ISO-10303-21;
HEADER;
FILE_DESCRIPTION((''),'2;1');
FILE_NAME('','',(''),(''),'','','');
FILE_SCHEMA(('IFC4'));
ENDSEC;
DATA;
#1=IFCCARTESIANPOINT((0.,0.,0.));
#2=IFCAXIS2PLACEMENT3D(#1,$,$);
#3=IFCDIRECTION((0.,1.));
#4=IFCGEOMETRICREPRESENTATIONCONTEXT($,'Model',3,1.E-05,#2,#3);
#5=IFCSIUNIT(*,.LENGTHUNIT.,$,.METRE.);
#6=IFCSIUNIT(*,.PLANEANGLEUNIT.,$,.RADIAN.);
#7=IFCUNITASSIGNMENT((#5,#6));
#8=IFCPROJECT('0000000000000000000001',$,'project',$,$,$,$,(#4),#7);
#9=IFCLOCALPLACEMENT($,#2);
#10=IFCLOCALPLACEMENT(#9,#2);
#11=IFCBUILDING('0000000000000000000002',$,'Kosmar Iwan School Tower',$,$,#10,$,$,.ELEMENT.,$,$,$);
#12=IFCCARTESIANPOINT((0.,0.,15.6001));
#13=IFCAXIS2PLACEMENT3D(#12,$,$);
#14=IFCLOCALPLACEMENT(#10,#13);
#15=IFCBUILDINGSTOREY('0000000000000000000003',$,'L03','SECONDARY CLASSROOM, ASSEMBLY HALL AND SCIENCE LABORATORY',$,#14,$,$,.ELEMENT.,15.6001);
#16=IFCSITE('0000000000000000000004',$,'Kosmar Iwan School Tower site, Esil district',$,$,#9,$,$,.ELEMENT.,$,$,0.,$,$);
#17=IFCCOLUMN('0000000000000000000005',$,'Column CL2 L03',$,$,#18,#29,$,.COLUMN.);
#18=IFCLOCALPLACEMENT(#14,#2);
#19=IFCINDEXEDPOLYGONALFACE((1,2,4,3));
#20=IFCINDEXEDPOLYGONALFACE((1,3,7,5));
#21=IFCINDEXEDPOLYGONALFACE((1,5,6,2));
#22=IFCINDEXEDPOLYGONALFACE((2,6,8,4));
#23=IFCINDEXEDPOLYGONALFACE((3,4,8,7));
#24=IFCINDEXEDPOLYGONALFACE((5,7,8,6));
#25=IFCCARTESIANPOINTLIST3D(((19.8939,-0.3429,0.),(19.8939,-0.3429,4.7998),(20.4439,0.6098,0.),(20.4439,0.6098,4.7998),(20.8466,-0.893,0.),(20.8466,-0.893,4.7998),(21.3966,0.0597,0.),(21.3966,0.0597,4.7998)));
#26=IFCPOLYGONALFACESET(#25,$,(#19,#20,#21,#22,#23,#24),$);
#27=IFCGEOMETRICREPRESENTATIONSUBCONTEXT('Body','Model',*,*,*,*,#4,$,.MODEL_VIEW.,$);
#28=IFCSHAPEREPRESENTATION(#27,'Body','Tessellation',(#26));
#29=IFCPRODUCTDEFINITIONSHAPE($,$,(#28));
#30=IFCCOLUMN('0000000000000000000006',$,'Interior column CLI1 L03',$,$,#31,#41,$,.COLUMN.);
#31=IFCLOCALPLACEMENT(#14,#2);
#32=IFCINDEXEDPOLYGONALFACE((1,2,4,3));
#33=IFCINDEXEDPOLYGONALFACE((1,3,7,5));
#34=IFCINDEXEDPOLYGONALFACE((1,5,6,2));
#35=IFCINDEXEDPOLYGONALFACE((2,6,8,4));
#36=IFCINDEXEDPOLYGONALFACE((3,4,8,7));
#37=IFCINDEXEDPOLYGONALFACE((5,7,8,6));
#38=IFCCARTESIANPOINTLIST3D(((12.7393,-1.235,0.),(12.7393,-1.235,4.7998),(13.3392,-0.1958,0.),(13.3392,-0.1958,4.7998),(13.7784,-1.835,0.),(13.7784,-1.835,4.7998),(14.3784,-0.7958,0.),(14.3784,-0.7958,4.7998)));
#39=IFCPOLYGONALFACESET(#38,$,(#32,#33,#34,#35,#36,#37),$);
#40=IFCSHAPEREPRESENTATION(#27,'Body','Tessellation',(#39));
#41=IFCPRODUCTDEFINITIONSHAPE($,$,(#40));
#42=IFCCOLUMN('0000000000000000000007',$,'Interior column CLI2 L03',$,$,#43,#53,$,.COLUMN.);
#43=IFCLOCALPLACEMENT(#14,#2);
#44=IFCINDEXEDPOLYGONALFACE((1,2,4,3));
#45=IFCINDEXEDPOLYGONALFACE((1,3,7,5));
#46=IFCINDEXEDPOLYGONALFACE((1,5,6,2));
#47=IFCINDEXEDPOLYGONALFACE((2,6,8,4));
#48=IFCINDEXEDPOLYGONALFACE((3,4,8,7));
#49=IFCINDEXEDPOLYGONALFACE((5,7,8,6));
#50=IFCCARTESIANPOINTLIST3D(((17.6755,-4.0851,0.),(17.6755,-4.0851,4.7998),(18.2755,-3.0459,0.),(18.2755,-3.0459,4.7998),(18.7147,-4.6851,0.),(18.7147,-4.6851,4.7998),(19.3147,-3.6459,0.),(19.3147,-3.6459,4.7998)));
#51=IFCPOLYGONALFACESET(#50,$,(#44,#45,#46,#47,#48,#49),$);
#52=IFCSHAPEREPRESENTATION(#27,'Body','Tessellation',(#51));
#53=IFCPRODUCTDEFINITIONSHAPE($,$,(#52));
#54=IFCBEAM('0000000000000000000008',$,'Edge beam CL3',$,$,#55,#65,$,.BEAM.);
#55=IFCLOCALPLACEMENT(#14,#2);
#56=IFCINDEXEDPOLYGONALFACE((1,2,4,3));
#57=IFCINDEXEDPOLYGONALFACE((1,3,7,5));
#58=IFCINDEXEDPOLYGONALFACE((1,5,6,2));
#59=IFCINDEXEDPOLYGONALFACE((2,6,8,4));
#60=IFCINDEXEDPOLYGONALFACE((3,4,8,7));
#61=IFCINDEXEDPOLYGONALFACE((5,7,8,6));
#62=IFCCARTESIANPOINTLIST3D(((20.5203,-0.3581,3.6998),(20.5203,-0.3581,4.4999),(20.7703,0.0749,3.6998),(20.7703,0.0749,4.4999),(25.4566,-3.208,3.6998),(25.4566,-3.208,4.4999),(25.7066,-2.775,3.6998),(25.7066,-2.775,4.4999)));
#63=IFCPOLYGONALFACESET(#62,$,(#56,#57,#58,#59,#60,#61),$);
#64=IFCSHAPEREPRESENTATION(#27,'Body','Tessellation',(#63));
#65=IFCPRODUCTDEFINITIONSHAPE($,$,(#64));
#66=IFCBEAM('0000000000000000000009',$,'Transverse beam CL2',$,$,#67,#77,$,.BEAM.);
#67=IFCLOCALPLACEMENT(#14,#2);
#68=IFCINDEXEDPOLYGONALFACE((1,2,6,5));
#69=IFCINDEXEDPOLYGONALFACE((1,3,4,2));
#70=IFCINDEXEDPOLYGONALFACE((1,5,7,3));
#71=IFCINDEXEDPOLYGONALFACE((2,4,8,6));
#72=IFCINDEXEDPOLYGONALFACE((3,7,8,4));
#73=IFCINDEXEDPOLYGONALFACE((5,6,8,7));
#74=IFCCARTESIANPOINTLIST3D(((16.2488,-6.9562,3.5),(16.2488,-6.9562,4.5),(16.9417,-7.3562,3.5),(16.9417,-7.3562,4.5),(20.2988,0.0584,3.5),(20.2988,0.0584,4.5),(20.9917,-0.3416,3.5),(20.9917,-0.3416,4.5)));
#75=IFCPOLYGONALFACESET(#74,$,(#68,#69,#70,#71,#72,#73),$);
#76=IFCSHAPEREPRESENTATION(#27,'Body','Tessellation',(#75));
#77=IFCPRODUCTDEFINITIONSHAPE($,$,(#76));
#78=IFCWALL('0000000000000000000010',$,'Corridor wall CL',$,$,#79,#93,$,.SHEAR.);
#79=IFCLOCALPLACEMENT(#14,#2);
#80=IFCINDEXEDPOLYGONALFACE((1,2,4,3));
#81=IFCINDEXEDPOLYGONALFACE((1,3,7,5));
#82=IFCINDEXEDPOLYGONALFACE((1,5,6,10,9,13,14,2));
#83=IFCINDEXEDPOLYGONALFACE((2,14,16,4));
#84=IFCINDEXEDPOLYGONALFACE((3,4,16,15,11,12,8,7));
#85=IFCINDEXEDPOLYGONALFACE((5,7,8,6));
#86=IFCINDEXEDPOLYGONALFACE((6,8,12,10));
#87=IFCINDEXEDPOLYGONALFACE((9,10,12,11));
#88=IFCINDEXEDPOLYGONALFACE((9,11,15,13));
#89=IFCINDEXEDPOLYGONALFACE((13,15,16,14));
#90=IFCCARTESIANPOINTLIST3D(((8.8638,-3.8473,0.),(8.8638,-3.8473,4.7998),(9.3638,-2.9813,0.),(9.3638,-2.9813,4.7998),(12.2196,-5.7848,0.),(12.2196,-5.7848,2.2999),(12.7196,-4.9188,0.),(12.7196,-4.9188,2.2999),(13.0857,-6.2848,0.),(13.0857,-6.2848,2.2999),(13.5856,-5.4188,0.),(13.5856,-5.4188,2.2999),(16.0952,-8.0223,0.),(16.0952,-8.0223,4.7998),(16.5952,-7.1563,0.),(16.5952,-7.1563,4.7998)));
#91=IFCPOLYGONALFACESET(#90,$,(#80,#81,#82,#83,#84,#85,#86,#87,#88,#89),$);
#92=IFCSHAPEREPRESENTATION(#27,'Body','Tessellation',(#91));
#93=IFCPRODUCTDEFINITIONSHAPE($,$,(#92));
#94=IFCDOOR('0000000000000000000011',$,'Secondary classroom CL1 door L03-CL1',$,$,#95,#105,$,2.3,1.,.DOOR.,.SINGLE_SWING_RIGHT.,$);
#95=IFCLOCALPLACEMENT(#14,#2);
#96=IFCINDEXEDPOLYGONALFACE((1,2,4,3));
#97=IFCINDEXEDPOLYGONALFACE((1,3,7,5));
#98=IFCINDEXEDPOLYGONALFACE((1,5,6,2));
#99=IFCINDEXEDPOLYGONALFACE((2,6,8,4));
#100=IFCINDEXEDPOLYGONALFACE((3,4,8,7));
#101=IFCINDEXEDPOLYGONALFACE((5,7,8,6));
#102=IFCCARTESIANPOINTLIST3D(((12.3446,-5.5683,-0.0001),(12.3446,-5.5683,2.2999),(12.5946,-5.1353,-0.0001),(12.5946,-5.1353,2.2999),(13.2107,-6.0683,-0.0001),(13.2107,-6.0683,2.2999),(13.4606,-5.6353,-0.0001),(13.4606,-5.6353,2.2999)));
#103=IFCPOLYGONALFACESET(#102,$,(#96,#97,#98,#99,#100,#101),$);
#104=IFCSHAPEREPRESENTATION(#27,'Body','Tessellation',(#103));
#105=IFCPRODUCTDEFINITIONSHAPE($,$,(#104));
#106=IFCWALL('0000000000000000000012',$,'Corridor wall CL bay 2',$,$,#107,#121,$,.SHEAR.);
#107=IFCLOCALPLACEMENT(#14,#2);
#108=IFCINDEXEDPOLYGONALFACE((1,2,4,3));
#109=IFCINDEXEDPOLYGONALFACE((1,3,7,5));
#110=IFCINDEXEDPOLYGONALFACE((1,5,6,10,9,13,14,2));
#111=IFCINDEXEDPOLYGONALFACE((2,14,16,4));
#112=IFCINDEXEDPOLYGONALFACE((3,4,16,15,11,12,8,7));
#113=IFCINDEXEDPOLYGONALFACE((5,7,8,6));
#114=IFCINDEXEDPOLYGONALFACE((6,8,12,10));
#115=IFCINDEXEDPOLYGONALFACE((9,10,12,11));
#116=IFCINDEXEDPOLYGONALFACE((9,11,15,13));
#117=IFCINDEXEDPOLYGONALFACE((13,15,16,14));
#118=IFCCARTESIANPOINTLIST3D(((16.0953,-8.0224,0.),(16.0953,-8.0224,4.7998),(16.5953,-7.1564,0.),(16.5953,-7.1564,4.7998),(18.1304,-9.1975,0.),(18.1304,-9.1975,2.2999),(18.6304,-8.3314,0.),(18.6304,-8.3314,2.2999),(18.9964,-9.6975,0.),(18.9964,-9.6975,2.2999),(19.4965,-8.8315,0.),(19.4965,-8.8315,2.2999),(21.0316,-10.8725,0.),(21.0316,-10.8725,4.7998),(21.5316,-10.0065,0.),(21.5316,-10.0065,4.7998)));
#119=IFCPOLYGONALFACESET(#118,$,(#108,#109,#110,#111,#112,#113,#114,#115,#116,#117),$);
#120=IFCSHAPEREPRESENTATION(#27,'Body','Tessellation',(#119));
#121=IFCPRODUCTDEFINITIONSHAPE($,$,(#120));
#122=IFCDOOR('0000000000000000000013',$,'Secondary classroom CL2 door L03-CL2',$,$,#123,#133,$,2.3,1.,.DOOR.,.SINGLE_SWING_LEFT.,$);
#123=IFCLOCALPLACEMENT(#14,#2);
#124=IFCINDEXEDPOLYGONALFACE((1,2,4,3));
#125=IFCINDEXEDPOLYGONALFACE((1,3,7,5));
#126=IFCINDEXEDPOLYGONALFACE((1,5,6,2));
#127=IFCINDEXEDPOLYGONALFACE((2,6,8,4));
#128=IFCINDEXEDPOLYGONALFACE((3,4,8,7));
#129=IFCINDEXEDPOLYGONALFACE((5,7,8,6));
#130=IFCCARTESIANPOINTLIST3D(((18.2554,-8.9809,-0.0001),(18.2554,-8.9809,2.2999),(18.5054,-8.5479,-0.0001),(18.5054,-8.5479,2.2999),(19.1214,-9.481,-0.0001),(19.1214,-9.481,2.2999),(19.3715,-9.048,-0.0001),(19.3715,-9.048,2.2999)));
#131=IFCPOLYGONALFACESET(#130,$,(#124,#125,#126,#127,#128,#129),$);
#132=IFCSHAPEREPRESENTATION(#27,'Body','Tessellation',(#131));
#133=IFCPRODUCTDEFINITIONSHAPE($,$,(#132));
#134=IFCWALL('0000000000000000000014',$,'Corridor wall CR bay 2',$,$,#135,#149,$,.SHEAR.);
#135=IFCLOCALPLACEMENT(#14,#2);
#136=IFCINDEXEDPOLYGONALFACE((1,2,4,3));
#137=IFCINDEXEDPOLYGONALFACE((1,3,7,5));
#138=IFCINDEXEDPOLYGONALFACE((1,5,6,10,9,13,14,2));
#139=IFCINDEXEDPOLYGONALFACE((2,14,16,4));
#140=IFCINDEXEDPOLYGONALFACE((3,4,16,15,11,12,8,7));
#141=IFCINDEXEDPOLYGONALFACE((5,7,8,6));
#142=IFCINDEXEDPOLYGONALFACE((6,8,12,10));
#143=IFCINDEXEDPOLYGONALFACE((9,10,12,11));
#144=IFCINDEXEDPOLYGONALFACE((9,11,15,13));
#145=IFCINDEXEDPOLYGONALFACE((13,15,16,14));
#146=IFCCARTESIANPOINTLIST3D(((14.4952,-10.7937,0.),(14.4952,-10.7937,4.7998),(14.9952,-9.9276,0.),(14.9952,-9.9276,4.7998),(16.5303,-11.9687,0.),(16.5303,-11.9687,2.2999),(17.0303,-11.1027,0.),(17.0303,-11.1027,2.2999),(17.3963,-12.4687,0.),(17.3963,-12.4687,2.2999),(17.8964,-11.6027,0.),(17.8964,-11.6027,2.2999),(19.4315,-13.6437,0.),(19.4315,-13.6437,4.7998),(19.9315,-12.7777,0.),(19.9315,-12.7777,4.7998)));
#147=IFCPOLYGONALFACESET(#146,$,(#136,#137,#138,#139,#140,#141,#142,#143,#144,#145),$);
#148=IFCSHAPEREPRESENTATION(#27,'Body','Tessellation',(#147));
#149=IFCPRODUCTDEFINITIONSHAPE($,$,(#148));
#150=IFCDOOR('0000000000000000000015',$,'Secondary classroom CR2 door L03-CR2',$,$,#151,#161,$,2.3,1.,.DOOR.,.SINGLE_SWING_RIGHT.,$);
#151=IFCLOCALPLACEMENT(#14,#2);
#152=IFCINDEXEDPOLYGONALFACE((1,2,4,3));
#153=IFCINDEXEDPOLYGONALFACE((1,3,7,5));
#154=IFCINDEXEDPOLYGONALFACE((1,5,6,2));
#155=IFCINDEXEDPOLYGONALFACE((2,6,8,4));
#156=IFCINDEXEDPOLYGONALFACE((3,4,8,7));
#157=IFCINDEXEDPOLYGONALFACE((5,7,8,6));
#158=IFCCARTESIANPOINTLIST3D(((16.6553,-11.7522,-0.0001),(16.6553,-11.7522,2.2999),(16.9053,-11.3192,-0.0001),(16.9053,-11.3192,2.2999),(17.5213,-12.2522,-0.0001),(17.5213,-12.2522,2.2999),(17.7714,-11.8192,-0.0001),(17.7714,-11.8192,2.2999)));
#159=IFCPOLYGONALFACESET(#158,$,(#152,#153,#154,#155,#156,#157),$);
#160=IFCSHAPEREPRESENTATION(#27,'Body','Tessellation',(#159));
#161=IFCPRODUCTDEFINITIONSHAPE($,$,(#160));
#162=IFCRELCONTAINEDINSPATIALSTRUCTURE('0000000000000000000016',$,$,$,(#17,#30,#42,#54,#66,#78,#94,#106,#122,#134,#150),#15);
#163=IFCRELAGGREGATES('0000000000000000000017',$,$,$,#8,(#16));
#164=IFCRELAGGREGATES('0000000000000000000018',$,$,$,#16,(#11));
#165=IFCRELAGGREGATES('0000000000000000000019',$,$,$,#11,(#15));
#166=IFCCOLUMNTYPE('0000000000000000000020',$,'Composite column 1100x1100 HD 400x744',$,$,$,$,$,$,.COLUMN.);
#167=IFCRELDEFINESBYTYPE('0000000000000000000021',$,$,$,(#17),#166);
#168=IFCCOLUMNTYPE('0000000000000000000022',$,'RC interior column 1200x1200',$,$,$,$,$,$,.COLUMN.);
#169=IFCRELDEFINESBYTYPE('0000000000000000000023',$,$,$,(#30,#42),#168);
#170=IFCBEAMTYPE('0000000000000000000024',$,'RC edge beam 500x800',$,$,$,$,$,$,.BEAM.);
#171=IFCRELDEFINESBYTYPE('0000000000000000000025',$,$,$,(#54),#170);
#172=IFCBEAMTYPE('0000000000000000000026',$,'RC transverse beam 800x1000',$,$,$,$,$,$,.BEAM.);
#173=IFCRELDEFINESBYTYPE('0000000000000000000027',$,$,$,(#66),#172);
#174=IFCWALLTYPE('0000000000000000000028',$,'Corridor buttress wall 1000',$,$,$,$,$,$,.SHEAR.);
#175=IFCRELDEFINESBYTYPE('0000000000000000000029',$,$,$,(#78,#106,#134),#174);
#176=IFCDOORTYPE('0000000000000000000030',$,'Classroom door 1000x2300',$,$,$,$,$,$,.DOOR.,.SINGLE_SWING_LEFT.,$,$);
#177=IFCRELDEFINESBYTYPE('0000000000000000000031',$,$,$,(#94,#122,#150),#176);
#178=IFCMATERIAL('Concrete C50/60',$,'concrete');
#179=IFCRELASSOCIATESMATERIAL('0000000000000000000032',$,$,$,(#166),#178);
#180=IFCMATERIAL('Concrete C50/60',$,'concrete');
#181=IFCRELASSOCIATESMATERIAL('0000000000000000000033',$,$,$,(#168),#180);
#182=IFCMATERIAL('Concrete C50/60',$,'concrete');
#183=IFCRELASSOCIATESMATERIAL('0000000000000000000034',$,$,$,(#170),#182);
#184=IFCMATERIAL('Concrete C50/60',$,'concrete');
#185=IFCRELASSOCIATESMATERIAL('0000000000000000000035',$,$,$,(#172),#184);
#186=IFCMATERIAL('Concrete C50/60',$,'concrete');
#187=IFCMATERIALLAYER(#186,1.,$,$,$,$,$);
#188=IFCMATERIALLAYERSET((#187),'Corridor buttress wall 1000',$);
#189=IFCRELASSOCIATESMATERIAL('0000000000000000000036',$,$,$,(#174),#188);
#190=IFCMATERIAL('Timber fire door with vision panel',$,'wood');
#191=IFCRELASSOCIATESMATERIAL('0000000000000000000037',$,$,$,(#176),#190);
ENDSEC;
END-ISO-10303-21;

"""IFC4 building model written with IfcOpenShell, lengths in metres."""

from ifc_helpers import new_model, si_unit, direction, frame, frame_2d, origin, origin_2d, place, context, subcontext, project, spatial, rectangle, extrude, material, layer, layer_set, material_profile, profile_set, type_object, element, fill, save


model = new_model("IFC4")

# Units and contexts
model_context = context("Model", 3, precision=1e-05, world=origin(), true_north=direction((0.0, 1.0)))
body_context = subcontext(model_context, "Body", "Model", "MODEL_VIEW")
ifc_project = project(units=[si_unit("LENGTHUNIT", "METRE"), si_unit("PLANEANGLEUNIT", "RADIAN")], contexts=[model_context])

# Site, building, storey
site_placement = place(None, origin())
site = spatial("IfcSite", under=ifc_project, at=site_placement, Name="Kosmar Iwan School Tower site, Esil district", CompositionType="ELEMENT", RefElevation=0.0)
building_placement = place(site_placement, origin())
building = spatial("IfcBuilding", under=site, at=building_placement, Name="Kosmar Iwan School Tower", CompositionType="ELEMENT")
storey_placement = place(building_placement, frame((0.0, 0.0, 15.6001)))
storey = spatial("IfcBuildingStorey", under=building, at=storey_placement, Name="L03", Description="SECONDARY CLASSROOM, ASSEMBLY HALL AND SCIENCE LABORATORY", CompositionType="ELEMENT", Elevation=15.6001)

# Columns
ifc_material_1 = material(Name="Concrete C50/60", Category="concrete")
ifc_material_profile_1 = material_profile(ifc_material_1, rectangle(XDim=1.1001, YDim=1.1001, at=origin_2d()), Name="RC 1100x1100 + HD 400x744")
ifc_profile_set_1 = profile_set([ifc_material_profile_1], Name="Concrete C50/60")
column_type_1 = type_object("IfcColumnType", Name="Composite column 1100x1100 HD 400x744", PredefinedType="COLUMN", material=ifc_profile_set_1)
column_placement = place(storey_placement, frame((20.6453, -0.1416, 0.0), z_axis=(0.0, 0.0, 1.0), x_axis=(0.866025, -0.5, 0.0)))
element("IfcColumn", 1, at=column_placement, inside=storey, type_object=column_type_1, Name="Column CL2 L03", PredefinedType="COLUMN", context=body_context, shape_type="SweptSolid", body=[
    extrude(rectangle(XDim=1.1001, YDim=1.1001, at=origin_2d()), origin(), (0.0, 0.0, 1.0), 4.7998),
])
ifc_material_2 = material(Name="Concrete C50/60", Category="concrete")
ifc_material_profile_2 = material_profile(ifc_material_2, rectangle(XDim=1.2, YDim=1.2, at=origin_2d()), Name="RC 1200x1200")
ifc_profile_set_2 = profile_set([ifc_material_profile_2], Name="Concrete C50/60")
column_type_2 = type_object("IfcColumnType", Name="RC interior column 1200x1200", PredefinedType="COLUMN", material=ifc_profile_set_2)
for number, where, z_axis, x_axis, name in (
    (2, (13.5588, -1.0154, 0.0), (0.0, 0.0, 1.0), (0.866025, -0.5, 0.0), "Interior column CLI1 L03"),
    (3, (18.4951, -3.8655, 0.0), (0.0, 0.0, 1.0), (0.866025, -0.5, 0.0), "Interior column CLI2 L03"),
):
    element("IfcColumn", number, at=place(storey_placement, frame(where, z_axis=z_axis, x_axis=x_axis)), inside=storey, type_object=column_type_2, Name=name, PredefinedType="COLUMN", context=body_context, shape_type="SweptSolid", body=[
        extrude(rectangle(XDim=1.2, YDim=1.2, at=origin_2d()), origin(), (0.0, 0.0, 1.0), 4.7998),
    ])

# Beams
ifc_material_3 = material(Name="Concrete C50/60", Category="concrete")
ifc_material_profile_3 = material_profile(ifc_material_3, rectangle(XDim=0.5, YDim=0.8, at=origin_2d()), Name="RC 500x800")
ifc_profile_set_3 = profile_set([ifc_material_profile_3], Name="Concrete C50/60")
beam_type_1 = type_object("IfcBeamType", Name="RC edge beam 500x800", PredefinedType="BEAM", material=ifc_profile_set_3)
beam_1_placement = place(storey_placement, frame((20.6453, -0.1416, 4.0999), z_axis=(0.866034, -0.499986, 0.0), x_axis=(0.499986, 0.866034, 0.0)))
element("IfcBeam", 4, at=beam_1_placement, inside=storey, type_object=beam_type_1, Name="Edge beam CL3", PredefinedType="BEAM", context=body_context, shape_type="SweptSolid", body=[
    extrude(rectangle(XDim=0.5, YDim=0.8, at=origin_2d()), origin(), (0.0, 0.0, 1.0), 5.7),
])
ifc_material_4 = material(Name="Concrete C50/60", Category="concrete")
ifc_material_profile_4 = material_profile(ifc_material_4, rectangle(XDim=0.8, YDim=1.0, at=origin_2d()), Name="RC 800x1000")
ifc_profile_set_4 = profile_set([ifc_material_profile_4], Name="Concrete C50/60")
beam_type_2 = type_object("IfcBeamType", Name="RC transverse beam 800x1000", PredefinedType="BEAM", material=ifc_profile_set_4)
beam_2_placement = place(storey_placement, frame((20.6453, -0.1416, 4.0), z_axis=(-0.500013, -0.866018, 0.0), x_axis=(0.866018, -0.500013, 0.0)))
element("IfcBeam", 5, at=beam_2_placement, inside=storey, type_object=beam_type_2, Name="Transverse beam CL2", PredefinedType="BEAM", context=body_context, shape_type="SweptSolid", body=[
    extrude(rectangle(XDim=0.8, YDim=1.0, at=origin_2d()), origin(), (0.0, 0.0, 1.0), 8.0999),
])

# Walls, openings, doors
ifc_material_5 = material(Name="Concrete C50/60", Category="concrete")
ifc_layer_1 = layer(ifc_material_5, 1.0)
ifc_layer_set_1 = layer_set([ifc_layer_1], Name="Corridor buttress wall 1000")
wall_type_1 = type_object("IfcWallType", Name="Corridor buttress wall 1000", PredefinedType="SHEAR", material=ifc_layer_set_1)
wall_1_placement = place(storey_placement, frame((9.1138, -3.4143, 0.0), z_axis=(0.0, 0.0, 1.0), x_axis=(0.866027, -0.499997, 0.0)))
wall_1 = element("IfcWall", 6, at=wall_1_placement, inside=storey, type_object=wall_type_1, Name="Corridor wall CL", PredefinedType="SHEAR", context=body_context, shape_type="SweptSolid", body=[
    extrude(rectangle(XDim=8.3501, YDim=1.0, at=frame_2d((4.175, 0.0))), origin(), (0.0, 0.0, 1.0), 4.7998),
])
opening_1_placement = place(wall_1_placement, frame((3.875, 0.0, 0.0)))
opening_1 = element("IfcOpeningElement", 7, at=opening_1_placement, cuts=wall_1, PredefinedType="OPENING", context=body_context, shape_type="SweptSolid", body=[
    extrude(rectangle(XDim=1.0, YDim=2.3, at=frame_2d((0.5, 1.1499))), frame((0.0, 0.512, 0.0), z_axis=(0.0, -1.0, 0.0), x_axis=(1.0, 0.0, 0.0)), (0.0, 0.0, 1.0), 1.0239),
])
ifc_material_6 = material(Name="Timber fire door with vision panel", Category="wood")
door_type = type_object("IfcDoorType", Name="Classroom door 1000x2300", OperationType="SINGLE_SWING_LEFT", PredefinedType="DOOR", material=ifc_material_6)
door_1_placement = place(opening_1_placement, origin())
door_1 = element("IfcDoor", 8, at=door_1_placement, inside=storey, type_object=door_type, Name="Secondary classroom CL1 door L03-CL1", OperationType="SINGLE_SWING_RIGHT", OverallHeight=2.3, OverallWidth=1.0, PredefinedType="DOOR", context=body_context, shape_type="SweptSolid", body=[
    extrude(rectangle(XDim=1.0, YDim=2.3, at=frame_2d((0.5, 1.1499))), frame((0.0, 0.25, 0.0), z_axis=(0.0, -1.0, 0.0), x_axis=(1.0, 0.0, 0.0)), (0.0, 0.0, 1.0), 0.5),
])
fill(opening_1, door_1)
wall_2_placement = place(storey_placement, frame((16.3452, -7.5894, 0.0), z_axis=(0.0, 0.0, 1.0), x_axis=(0.866015, -0.500018, 0.0)))
wall_2 = element("IfcWall", 9, at=wall_2_placement, inside=storey, type_object=wall_type_1, Name="Corridor wall CL bay 2", PredefinedType="SHEAR", context=body_context, shape_type="SweptSolid", body=[
    extrude(rectangle(XDim=5.7, YDim=1.0, at=frame_2d((2.8501, 0.0))), origin(), (0.0, 0.0, 1.0), 4.7998),
])
opening_2_placement = place(wall_2_placement, frame((2.3501, 0.0, 0.0)))
opening_2 = element("IfcOpeningElement", 10, at=opening_2_placement, cuts=wall_2, PredefinedType="OPENING", context=body_context, shape_type="SweptSolid", body=[
    extrude(rectangle(XDim=1.0, YDim=2.3, at=frame_2d((0.5, 1.1499))), frame((0.0, 0.512, 0.0), z_axis=(0.0, -1.0, 0.0), x_axis=(1.0, 0.0, 0.0)), (0.0, 0.0, 1.0), 1.0239),
])
door_2_placement = place(opening_2_placement, origin())
door_2 = element("IfcDoor", 11, at=door_2_placement, inside=storey, type_object=door_type, Name="Secondary classroom CL2 door L03-CL2", OperationType="SINGLE_SWING_LEFT", OverallHeight=2.3, OverallWidth=1.0, PredefinedType="DOOR", context=body_context, shape_type="SweptSolid", body=[
    extrude(rectangle(XDim=1.0, YDim=2.3, at=frame_2d((0.5, 1.1499))), frame((0.0, 0.25, 0.0), z_axis=(0.0, -1.0, 0.0), x_axis=(1.0, 0.0, 0.0)), (0.0, 0.0, 1.0), 0.5),
])
fill(opening_2, door_2)
wall_3_placement = place(storey_placement, frame((14.7451, -10.3606, 0.0), z_axis=(0.0, 0.0, 1.0), x_axis=(0.866015, -0.500018, 0.0)))
wall_3 = element("IfcWall", 12, at=wall_3_placement, inside=storey, type_object=wall_type_1, Name="Corridor wall CR bay 2", PredefinedType="SHEAR", context=body_context, shape_type="SweptSolid", body=[
    extrude(rectangle(XDim=5.7, YDim=1.0, at=frame_2d((2.8501, 0.0))), origin(), (0.0, 0.0, 1.0), 4.7998),
])
opening_3_placement = place(wall_3_placement, frame((2.3501, 0.0, 0.0)))
opening_3 = element("IfcOpeningElement", 13, at=opening_3_placement, cuts=wall_3, PredefinedType="OPENING", context=body_context, shape_type="SweptSolid", body=[
    extrude(rectangle(XDim=1.0, YDim=2.3, at=frame_2d((0.5, 1.1499))), frame((0.0, 0.512, 0.0), z_axis=(0.0, -1.0, 0.0), x_axis=(1.0, 0.0, 0.0)), (0.0, 0.0, 1.0), 1.0239),
])
door_3_placement = place(opening_3_placement, origin())
door_3 = element("IfcDoor", 14, at=door_3_placement, inside=storey, type_object=door_type, Name="Secondary classroom CR2 door L03-CR2", OperationType="SINGLE_SWING_RIGHT", OverallHeight=2.3, OverallWidth=1.0, PredefinedType="DOOR", context=body_context, shape_type="SweptSolid", body=[
    extrude(rectangle(XDim=1.0, YDim=2.3, at=frame_2d((0.5, 1.1499))), frame((0.0, 0.25, 0.0), z_axis=(0.0, -1.0, 0.0), x_axis=(1.0, 0.0, 0.0)), (0.0, 0.0, 1.0), 0.5),
])
fill(opening_3, door_3)

save(model, "model.ifc")
